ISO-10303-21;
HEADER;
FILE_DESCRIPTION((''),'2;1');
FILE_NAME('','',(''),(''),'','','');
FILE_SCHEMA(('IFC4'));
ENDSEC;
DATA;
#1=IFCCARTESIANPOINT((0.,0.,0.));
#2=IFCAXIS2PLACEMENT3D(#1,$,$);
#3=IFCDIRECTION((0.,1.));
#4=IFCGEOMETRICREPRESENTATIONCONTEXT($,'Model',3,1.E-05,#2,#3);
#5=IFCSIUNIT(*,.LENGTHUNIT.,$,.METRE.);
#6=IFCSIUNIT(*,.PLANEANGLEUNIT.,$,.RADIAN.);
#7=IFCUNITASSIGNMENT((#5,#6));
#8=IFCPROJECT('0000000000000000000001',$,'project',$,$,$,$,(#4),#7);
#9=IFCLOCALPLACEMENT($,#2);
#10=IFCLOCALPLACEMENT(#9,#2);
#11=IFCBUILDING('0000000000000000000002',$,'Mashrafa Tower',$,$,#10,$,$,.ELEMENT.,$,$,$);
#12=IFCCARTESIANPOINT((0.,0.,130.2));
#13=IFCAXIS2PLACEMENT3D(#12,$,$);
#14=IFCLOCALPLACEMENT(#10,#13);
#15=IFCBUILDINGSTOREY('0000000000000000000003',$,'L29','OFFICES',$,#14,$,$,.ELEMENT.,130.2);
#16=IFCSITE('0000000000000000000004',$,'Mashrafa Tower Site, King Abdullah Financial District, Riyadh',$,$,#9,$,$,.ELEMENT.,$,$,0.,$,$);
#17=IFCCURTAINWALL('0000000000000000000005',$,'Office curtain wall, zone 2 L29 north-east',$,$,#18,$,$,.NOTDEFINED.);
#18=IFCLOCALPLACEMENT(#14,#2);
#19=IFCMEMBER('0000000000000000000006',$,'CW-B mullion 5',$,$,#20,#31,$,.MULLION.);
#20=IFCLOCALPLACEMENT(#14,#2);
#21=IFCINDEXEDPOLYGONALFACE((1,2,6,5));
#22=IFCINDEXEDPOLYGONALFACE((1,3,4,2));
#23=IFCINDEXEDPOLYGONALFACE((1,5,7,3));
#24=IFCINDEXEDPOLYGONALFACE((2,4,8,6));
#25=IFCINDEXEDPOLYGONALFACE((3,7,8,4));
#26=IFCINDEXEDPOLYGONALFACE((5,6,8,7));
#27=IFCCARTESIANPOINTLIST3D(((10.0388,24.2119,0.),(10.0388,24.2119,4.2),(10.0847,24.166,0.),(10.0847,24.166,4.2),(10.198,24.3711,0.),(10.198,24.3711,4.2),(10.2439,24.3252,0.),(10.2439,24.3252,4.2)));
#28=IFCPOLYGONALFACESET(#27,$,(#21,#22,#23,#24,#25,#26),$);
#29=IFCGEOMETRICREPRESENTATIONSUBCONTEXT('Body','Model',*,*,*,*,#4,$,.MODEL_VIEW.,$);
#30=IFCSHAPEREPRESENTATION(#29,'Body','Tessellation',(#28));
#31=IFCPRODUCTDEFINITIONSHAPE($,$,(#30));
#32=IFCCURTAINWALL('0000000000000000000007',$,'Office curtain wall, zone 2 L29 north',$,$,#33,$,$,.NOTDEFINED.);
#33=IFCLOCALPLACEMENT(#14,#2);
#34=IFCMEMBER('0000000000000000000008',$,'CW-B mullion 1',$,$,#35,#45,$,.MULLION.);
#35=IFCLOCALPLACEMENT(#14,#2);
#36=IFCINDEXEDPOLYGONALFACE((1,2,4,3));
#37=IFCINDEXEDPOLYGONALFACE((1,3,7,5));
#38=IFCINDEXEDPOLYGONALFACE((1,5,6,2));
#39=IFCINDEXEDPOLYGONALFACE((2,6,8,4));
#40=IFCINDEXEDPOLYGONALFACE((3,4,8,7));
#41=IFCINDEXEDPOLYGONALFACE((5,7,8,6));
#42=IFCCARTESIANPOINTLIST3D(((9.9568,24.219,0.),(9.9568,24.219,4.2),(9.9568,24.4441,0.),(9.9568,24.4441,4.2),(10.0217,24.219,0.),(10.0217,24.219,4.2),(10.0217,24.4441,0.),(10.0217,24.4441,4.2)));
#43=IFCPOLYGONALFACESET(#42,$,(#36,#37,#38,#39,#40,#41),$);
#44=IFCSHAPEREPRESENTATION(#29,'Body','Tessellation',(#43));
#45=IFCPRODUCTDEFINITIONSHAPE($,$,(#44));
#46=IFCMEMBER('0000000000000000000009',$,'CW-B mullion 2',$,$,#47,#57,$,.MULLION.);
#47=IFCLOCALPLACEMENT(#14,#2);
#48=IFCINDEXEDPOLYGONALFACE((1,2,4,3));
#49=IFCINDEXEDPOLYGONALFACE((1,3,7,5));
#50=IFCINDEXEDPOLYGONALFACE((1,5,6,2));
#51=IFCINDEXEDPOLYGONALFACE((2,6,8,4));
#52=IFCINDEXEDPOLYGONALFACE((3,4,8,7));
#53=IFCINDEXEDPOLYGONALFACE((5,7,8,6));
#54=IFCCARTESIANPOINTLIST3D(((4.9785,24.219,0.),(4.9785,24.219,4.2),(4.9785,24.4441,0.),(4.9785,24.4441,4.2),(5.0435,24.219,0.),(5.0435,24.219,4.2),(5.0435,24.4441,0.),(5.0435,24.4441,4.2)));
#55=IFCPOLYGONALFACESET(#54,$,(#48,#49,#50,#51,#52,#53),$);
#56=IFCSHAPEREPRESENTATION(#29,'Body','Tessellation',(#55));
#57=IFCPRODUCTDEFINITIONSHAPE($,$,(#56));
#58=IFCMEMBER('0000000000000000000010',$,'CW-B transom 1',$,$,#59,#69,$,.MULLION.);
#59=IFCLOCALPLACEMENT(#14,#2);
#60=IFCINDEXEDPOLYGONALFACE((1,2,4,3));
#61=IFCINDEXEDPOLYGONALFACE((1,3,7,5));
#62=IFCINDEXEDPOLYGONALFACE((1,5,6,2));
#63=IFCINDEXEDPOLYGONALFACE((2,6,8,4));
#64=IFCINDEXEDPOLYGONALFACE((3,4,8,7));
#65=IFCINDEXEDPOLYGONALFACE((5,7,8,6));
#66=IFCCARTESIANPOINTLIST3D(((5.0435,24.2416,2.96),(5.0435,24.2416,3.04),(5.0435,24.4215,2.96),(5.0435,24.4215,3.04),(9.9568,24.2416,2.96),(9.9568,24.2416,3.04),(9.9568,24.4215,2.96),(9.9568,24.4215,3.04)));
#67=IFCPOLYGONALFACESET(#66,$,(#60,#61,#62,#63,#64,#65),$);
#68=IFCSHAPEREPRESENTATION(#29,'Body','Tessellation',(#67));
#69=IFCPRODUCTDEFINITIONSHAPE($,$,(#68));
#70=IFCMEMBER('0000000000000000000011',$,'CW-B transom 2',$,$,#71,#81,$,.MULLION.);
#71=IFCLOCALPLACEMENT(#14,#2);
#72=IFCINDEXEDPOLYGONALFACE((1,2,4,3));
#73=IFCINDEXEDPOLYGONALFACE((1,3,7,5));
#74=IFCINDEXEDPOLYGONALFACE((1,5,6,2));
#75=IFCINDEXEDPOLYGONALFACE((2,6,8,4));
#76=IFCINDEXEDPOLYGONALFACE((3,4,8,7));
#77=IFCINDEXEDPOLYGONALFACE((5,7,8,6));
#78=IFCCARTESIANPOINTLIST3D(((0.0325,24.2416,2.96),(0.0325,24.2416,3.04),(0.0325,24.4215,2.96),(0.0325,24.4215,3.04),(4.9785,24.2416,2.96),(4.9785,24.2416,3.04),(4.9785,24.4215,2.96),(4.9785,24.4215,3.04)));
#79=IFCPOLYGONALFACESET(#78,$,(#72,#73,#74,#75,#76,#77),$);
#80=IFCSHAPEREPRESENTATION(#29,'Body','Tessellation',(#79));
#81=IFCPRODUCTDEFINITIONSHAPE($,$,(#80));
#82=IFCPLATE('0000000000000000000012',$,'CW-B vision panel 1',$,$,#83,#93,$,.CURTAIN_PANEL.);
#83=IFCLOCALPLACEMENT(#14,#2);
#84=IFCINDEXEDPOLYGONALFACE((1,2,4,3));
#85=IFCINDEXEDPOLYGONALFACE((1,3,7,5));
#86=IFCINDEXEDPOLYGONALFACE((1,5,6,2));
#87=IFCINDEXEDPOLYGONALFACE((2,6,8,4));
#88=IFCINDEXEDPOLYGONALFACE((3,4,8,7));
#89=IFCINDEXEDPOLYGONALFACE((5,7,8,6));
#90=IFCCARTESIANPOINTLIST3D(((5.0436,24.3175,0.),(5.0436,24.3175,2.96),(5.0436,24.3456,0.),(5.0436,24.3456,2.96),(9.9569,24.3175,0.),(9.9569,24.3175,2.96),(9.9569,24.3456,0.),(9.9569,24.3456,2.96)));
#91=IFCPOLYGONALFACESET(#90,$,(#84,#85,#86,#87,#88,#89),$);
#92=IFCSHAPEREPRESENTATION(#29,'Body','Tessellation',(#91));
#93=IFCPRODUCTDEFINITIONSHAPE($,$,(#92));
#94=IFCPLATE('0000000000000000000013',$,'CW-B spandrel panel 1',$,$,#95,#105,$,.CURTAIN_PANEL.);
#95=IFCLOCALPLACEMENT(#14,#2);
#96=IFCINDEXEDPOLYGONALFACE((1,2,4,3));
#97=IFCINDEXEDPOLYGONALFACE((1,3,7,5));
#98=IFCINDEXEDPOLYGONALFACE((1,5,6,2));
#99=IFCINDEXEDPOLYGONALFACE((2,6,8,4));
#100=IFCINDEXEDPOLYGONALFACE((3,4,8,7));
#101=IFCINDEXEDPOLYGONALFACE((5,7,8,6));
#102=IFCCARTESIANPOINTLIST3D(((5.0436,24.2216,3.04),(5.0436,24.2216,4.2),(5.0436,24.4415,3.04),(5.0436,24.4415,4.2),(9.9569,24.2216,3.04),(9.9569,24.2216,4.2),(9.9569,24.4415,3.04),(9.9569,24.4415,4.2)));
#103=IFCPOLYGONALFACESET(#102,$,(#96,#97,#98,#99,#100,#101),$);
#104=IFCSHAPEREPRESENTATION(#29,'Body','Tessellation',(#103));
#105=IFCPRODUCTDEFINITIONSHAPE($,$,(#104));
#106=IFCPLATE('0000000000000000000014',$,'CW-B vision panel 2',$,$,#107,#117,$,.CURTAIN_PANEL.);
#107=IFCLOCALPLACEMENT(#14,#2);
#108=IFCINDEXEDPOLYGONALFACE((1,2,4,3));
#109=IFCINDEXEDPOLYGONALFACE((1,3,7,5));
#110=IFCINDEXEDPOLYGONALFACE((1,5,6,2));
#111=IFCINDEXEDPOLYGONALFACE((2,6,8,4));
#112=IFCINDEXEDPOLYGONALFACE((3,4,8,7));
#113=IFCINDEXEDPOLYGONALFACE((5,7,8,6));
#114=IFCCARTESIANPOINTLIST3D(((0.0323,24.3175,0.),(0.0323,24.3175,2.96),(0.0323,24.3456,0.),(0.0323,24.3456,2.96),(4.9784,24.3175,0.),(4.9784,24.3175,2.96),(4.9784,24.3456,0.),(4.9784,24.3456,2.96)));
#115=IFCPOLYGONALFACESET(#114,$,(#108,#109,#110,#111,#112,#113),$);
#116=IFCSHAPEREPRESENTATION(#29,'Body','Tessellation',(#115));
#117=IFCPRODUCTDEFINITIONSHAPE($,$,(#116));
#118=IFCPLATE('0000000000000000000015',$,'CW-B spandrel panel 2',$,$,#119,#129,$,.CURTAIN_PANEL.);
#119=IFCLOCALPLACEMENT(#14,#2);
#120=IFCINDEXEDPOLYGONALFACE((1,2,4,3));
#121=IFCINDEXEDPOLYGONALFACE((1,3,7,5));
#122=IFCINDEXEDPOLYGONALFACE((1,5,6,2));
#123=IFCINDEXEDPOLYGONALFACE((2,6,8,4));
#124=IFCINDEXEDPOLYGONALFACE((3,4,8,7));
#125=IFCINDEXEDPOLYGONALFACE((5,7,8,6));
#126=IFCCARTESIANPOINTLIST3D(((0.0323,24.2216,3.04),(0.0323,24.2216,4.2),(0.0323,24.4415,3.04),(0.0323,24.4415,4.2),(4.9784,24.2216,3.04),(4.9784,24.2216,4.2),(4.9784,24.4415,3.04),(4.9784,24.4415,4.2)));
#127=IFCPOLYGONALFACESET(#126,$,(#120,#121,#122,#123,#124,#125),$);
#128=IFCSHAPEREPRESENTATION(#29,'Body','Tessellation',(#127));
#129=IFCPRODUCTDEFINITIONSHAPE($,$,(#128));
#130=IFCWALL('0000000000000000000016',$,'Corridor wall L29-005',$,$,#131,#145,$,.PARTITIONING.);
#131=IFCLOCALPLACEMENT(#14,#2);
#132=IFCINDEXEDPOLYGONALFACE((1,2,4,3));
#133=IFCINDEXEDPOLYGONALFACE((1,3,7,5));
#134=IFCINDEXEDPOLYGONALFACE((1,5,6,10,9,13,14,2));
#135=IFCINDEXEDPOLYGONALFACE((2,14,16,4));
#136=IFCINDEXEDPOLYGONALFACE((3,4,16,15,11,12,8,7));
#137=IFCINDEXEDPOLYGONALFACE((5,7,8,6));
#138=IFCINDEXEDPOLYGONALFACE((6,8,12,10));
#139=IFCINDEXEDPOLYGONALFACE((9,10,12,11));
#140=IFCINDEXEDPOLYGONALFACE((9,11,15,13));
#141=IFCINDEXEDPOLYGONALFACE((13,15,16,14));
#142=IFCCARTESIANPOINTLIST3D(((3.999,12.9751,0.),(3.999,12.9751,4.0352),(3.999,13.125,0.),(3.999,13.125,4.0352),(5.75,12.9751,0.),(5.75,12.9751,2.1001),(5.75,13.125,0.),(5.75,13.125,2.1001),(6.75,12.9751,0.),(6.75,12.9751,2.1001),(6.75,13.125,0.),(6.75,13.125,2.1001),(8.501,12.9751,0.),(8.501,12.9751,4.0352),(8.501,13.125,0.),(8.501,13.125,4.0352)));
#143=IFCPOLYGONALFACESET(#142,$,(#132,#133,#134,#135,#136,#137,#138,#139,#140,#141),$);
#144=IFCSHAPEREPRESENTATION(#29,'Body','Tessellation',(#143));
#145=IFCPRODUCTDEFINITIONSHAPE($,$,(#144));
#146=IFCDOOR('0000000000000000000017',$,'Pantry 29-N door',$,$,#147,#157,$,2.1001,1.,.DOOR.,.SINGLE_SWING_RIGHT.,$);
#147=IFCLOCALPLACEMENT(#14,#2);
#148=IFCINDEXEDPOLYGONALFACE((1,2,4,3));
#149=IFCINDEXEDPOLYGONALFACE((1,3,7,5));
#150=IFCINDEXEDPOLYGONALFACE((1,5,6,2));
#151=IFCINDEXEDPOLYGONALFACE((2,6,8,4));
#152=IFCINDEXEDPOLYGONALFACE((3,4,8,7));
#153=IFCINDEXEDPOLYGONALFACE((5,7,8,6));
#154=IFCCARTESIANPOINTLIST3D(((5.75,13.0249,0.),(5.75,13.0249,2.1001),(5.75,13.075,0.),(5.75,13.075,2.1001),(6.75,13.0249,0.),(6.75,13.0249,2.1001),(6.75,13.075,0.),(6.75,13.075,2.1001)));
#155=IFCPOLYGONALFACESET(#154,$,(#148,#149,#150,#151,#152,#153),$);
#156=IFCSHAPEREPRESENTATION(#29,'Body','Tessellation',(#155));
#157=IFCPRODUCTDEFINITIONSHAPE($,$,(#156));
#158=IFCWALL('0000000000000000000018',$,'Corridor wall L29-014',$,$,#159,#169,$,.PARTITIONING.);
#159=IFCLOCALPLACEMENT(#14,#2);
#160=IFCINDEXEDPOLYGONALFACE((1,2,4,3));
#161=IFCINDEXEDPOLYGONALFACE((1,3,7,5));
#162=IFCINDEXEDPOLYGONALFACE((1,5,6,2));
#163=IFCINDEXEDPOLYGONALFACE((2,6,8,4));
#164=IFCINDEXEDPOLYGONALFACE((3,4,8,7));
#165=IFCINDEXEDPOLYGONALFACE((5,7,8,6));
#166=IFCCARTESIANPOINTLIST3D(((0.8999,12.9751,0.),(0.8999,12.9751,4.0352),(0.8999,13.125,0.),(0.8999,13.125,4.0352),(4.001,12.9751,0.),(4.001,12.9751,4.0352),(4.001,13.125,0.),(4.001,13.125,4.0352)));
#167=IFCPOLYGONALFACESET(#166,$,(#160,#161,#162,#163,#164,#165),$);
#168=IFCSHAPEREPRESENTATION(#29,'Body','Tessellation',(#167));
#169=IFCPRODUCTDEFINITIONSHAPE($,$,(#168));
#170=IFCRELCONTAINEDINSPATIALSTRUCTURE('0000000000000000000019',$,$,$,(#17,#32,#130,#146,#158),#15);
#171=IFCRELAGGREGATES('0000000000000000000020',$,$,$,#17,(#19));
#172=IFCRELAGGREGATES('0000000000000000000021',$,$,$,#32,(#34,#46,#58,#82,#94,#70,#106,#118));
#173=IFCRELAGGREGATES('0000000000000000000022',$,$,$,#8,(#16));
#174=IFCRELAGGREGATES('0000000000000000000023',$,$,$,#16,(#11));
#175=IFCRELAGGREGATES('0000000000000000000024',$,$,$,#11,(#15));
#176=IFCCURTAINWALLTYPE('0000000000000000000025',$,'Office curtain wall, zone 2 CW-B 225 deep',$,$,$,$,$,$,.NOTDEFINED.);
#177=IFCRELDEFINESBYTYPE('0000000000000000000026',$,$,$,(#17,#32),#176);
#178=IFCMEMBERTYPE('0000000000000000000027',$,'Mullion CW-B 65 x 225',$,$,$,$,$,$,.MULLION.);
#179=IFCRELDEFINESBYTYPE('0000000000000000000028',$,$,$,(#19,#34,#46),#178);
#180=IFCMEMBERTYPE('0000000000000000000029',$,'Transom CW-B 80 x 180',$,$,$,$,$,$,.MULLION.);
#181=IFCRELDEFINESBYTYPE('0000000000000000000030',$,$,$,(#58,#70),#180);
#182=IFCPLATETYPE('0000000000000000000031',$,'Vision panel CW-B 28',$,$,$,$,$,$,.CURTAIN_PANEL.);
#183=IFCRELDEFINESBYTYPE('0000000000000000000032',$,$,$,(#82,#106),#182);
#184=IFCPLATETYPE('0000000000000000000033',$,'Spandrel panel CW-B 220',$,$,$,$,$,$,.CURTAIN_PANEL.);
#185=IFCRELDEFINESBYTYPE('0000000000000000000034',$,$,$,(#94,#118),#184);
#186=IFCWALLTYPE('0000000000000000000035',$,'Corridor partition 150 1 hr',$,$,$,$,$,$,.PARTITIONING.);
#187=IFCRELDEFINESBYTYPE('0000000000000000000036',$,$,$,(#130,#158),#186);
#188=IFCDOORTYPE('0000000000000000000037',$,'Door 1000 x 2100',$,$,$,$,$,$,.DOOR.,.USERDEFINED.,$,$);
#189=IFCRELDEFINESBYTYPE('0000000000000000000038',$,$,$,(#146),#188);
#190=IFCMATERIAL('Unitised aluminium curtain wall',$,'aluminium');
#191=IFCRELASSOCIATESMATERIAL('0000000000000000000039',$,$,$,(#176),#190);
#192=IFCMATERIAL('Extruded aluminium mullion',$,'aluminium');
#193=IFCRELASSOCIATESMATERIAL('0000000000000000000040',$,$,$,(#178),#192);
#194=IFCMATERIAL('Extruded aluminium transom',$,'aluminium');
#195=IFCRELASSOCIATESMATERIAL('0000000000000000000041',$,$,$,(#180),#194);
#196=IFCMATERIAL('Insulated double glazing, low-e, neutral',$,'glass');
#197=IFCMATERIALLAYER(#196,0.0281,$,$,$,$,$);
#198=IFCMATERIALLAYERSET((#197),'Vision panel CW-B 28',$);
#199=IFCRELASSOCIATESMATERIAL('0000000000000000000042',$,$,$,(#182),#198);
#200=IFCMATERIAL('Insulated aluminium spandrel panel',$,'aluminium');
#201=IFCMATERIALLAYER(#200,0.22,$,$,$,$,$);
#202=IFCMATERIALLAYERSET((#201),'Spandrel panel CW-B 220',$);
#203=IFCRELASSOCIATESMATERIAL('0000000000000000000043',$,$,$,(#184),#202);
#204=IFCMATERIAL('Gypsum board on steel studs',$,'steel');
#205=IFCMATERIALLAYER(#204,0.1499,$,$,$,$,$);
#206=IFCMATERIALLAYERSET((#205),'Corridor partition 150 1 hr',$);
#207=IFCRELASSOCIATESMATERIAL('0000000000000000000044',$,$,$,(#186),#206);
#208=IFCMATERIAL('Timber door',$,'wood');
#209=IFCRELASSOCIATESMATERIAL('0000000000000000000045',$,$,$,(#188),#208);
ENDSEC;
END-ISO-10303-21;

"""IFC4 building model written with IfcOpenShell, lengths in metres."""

from ifc_helpers import new_model, si_unit, direction, frame, frame_2d, origin, origin_2d, place, context, subcontext, project, spatial, rectangle, extrude, source, transform, mapped, material, layer, layer_set, material_profile, profile_set, type_object, type_shapes, element, fill, aggregate, save


model = new_model("IFC4")

# Units and contexts
model_context = context("Model", 3, precision=1e-05, world=origin(), true_north=direction((0.0, 1.0)))
body_context = subcontext(model_context, "Body", "Model", "MODEL_VIEW")
ifc_project = project(units=[si_unit("LENGTHUNIT", "METRE"), si_unit("PLANEANGLEUNIT", "RADIAN")], contexts=[model_context])

# Site, building, storey
site_placement = place(None, origin())
site = spatial("IfcSite", under=ifc_project, at=site_placement, Name="Mashrafa Tower Site, King Abdullah Financial District, Riyadh", CompositionType="ELEMENT", RefElevation=0.0)
building_placement = place(site_placement, origin())
building = spatial("IfcBuilding", under=site, at=building_placement, Name="Mashrafa Tower", CompositionType="ELEMENT")
storey_placement = place(building_placement, frame((0.0, 0.0, 130.2)))
storey = spatial("IfcBuildingStorey", under=building, at=storey_placement, Name="L29", Description="OFFICES", CompositionType="ELEMENT", Elevation=130.2)

# Curtain wall, member
ifc_material_1 = material(Name="Unitised aluminium curtain wall", Category="aluminium")
curtain_wall_type = type_object("IfcCurtainWallType", Name="Office curtain wall, zone 2 CW-B 225 deep", PredefinedType="NOTDEFINED", material=ifc_material_1)
curtain_wall_1_placement = place(storey_placement, origin())
curtain_wall_1 = element("IfcCurtainWall", 1, at=curtain_wall_1_placement, inside=storey, type_object=curtain_wall_type, Name="Office curtain wall, zone 2 L29 north-east", PredefinedType="NOTDEFINED")
ifc_material_2 = material(Name="Extruded aluminium mullion", Category="aluminium")
ifc_material_profile_1 = material_profile(ifc_material_2, rectangle(XDim=0.2251, YDim=0.0649, at=origin_2d()), Name="Mullion 65x225")
ifc_profile_set_1 = profile_set([ifc_material_profile_1], Name="Extruded aluminium mullion")
member_type_1 = type_object("IfcMemberType", Name="Mullion CW-B 65 x 225", PredefinedType="MULLION", material=ifc_profile_set_1)
shared_shape_1 = source(origin(), body_context, "Body", "SweptSolid", [
    extrude(rectangle(XDim=0.2251, YDim=0.0649, at=origin_2d()), origin(), (0.0, 0.0, 1.0), 4.2),
])
type_shapes(member_type_1, [shared_shape_1])
member_1_placement = place(storey_placement, frame((10.1414, 24.2686, 0.0), z_axis=(0.0, 0.0, 1.0), x_axis=(-0.707107, -0.707107, 0.0)))
member_1 = element("IfcMember", 2, at=member_1_placement, type_object=member_type_1, Name="CW-B mullion 5", PredefinedType="MULLION", context=body_context, shape_type="MappedRepresentation", body=[
    mapped(shared_shape_1, transform((0.0, 0.0, 0.0))),
])
aggregate(curtain_wall_1, [member_1])

# Curtain wall, members, plates
curtain_wall_2_placement = place(storey_placement, origin())
curtain_wall_2 = element("IfcCurtainWall", 3, at=curtain_wall_2_placement, inside=storey, type_object=curtain_wall_type, Name="Office curtain wall, zone 2 L29 north", PredefinedType="NOTDEFINED")
member_2_placement = place(storey_placement, frame((9.9893, 24.3315, 0.0), z_axis=(0.0, 0.0, 1.0), x_axis=(0.0, -1.0, 0.0)))
member_2 = element("IfcMember", 4, at=member_2_placement, type_object=member_type_1, Name="CW-B mullion 1", PredefinedType="MULLION", context=body_context, shape_type="MappedRepresentation", body=[
    mapped(shared_shape_1, transform((0.0, 0.0, 0.0))),
])
member_3_placement = place(storey_placement, frame((5.011, 24.3315, 0.0), z_axis=(0.0, 0.0, 1.0), x_axis=(0.0, -1.0, 0.0)))
member_3 = element("IfcMember", 5, at=member_3_placement, type_object=member_type_1, Name="CW-B mullion 2", PredefinedType="MULLION", context=body_context, shape_type="MappedRepresentation", body=[
    mapped(shared_shape_1, transform((0.0, 0.0, 0.0))),
])
ifc_material_3 = material(Name="Extruded aluminium transom", Category="aluminium")
ifc_material_profile_2 = material_profile(ifc_material_3, rectangle(XDim=0.1799, YDim=0.0801, at=origin_2d()), Name="Transom 80x180")
ifc_profile_set_2 = profile_set([ifc_material_profile_2], Name="Extruded aluminium transom")
member_type_2 = type_object("IfcMemberType", Name="Transom CW-B 80 x 180", PredefinedType="MULLION", material=ifc_profile_set_2)
shared_shape_2 = source(origin(), body_context, "Body", "SweptSolid", [
    extrude(rectangle(XDim=0.1799, YDim=0.0801, at=origin_2d()), origin(), (0.0, 0.0, 1.0), 4.9133),
])
member_4_placement = place(storey_placement, frame((9.9568, 24.3315, 3.0), z_axis=(-1.0, 0.0, 0.0), x_axis=(0.0, -1.0, 0.0)))
member_4 = element("IfcMember", 6, at=member_4_placement, type_object=member_type_2, Name="CW-B transom 1", PredefinedType="MULLION", context=body_context, shape_type="MappedRepresentation", body=[
    mapped(shared_shape_2, transform((0.0, 0.0, 0.0))),
])
shared_shape_3 = source(origin(), body_context, "Body", "SweptSolid", [
    extrude(rectangle(XDim=0.1799, YDim=0.0801, at=origin_2d()), origin(), (0.0, 0.0, 1.0), 4.946),
])
type_shapes(member_type_2, [shared_shape_2, shared_shape_3])
member_5_placement = place(storey_placement, frame((4.9785, 24.3315, 3.0), z_axis=(-1.0, 0.0, 0.0), x_axis=(0.0, -1.0, 0.0)))
member_5 = element("IfcMember", 7, at=member_5_placement, type_object=member_type_2, Name="CW-B transom 2", PredefinedType="MULLION", context=body_context, shape_type="MappedRepresentation", body=[
    mapped(shared_shape_3, transform((0.0, 0.0, 0.0))),
])
ifc_material_4 = material(Name="Insulated double glazing, low-e, neutral", Category="glass")
ifc_layer_1 = layer(ifc_material_4, 0.0281)
ifc_layer_set_1 = layer_set([ifc_layer_1], Name="Vision panel CW-B 28")
plate_type_1 = type_object("IfcPlateType", Name="Vision panel CW-B 28", PredefinedType="CURTAIN_PANEL", material=ifc_layer_set_1)
shared_shape_4 = source(origin(), body_context, "Body", "SweptSolid", [
    extrude(rectangle(XDim=4.9133, YDim=0.0281, at=origin_2d()), origin(), (0.0, 0.0, 1.0), 2.96),
])
plate_1_placement = place(storey_placement, frame((7.5002, 24.3315, 0.0), z_axis=(0.0, 0.0, 1.0), x_axis=(-1.0, 0.0, 0.0)))
plate_1 = element("IfcPlate", 8, at=plate_1_placement, type_object=plate_type_1, Name="CW-B vision panel 1", PredefinedType="CURTAIN_PANEL", context=body_context, shape_type="MappedRepresentation", body=[
    mapped(shared_shape_4, transform((0.0, 0.0, 0.0))),
])
ifc_material_5 = material(Name="Insulated aluminium spandrel panel", Category="aluminium")
ifc_layer_2 = layer(ifc_material_5, 0.22)
ifc_layer_set_2 = layer_set([ifc_layer_2], Name="Spandrel panel CW-B 220")
plate_type_2 = type_object("IfcPlateType", Name="Spandrel panel CW-B 220", PredefinedType="CURTAIN_PANEL", material=ifc_layer_set_2)
shared_shape_5 = source(origin(), body_context, "Body", "SweptSolid", [
    extrude(rectangle(XDim=4.9133, YDim=0.22, at=origin_2d()), origin(), (0.0, 0.0, 1.0), 1.1599),
])
plate_2_placement = place(storey_placement, frame((7.5002, 24.3315, 3.04), z_axis=(0.0, 0.0, 1.0), x_axis=(-1.0, 0.0, 0.0)))
plate_2 = element("IfcPlate", 9, at=plate_2_placement, type_object=plate_type_2, Name="CW-B spandrel panel 1", PredefinedType="CURTAIN_PANEL", context=body_context, shape_type="MappedRepresentation", body=[
    mapped(shared_shape_5, transform((0.0, 0.0, 0.0))),
])
shared_shape_6 = source(origin(), body_context, "Body", "SweptSolid", [
    extrude(rectangle(XDim=4.946, YDim=0.0281, at=origin_2d()), origin(), (0.0, 0.0, 1.0), 2.96),
])
type_shapes(plate_type_1, [shared_shape_4, shared_shape_6])
plate_3_placement = place(storey_placement, frame((2.5054, 24.3315, 0.0), z_axis=(0.0, 0.0, 1.0), x_axis=(-1.0, 0.0, 0.0)))
plate_3 = element("IfcPlate", 10, at=plate_3_placement, type_object=plate_type_1, Name="CW-B vision panel 2", PredefinedType="CURTAIN_PANEL", context=body_context, shape_type="MappedRepresentation", body=[
    mapped(shared_shape_6, transform((0.0, 0.0, 0.0))),
])
shared_shape_7 = source(origin(), body_context, "Body", "SweptSolid", [
    extrude(rectangle(XDim=4.946, YDim=0.22, at=origin_2d()), origin(), (0.0, 0.0, 1.0), 1.1599),
])
type_shapes(plate_type_2, [shared_shape_5, shared_shape_7])
plate_4_placement = place(storey_placement, frame((2.5054, 24.3315, 3.04), z_axis=(0.0, 0.0, 1.0), x_axis=(-1.0, 0.0, 0.0)))
plate_4 = element("IfcPlate", 11, at=plate_4_placement, type_object=plate_type_2, Name="CW-B spandrel panel 2", PredefinedType="CURTAIN_PANEL", context=body_context, shape_type="MappedRepresentation", body=[
    mapped(shared_shape_7, transform((0.0, 0.0, 0.0))),
])
aggregate(curtain_wall_2, [member_2, member_3, member_4, plate_1, plate_2, member_5, plate_3, plate_4])

# Wall, opening, door
ifc_material_6 = material(Name="Gypsum board on steel studs", Category="steel")
ifc_layer_3 = layer(ifc_material_6, 0.1499)
ifc_layer_set_3 = layer_set([ifc_layer_3], Name="Corridor partition 150 1 hr")
wall_type_1 = type_object("IfcWallType", Name="Corridor partition 150 1 hr", PredefinedType="PARTITIONING", material=ifc_layer_set_3)
wall_1_placement = place(storey_placement, frame((8.501, 13.05, 0.0), z_axis=(0.0, 0.0, 1.0), x_axis=(-1.0, 0.0, 0.0)))
wall_1 = element("IfcWall", 12, at=wall_1_placement, inside=storey, type_object=wall_type_1, Name="Corridor wall L29-005", PredefinedType="PARTITIONING", context=body_context, shape_type="SweptSolid", body=[
    extrude(rectangle(XDim=4.502, YDim=0.1499, at=frame_2d((2.251, 0.0))), origin(), (0.0, 0.0, 1.0), 4.0352),
])
opening_placement = place(wall_1_placement, frame((1.751, 0.0, 0.0)))
opening = element("IfcOpeningElement", 13, at=opening_placement, cuts=wall_1, PredefinedType="OPENING", context=body_context, shape_type="SweptSolid", body=[
    extrude(rectangle(XDim=1.0, YDim=2.1001, at=frame_2d((0.5, 1.05))), frame((0.0, 0.085, 0.0), z_axis=(0.0, -1.0, 0.0), x_axis=(1.0, 0.0, 0.0)), (0.0, 0.0, 1.0), 0.1699),
])
ifc_material_7 = material(Name="Timber door", Category="wood")
door_type = type_object("IfcDoorType", Name="Door 1000 x 2100", OperationType="USERDEFINED", PredefinedType="DOOR", material=ifc_material_7)
door_placement = place(opening_placement, frame((1.0, 0.0, 0.0), z_axis=(0.0, 0.0, 1.0), x_axis=(-1.0, 0.0, 0.0)))
door = element("IfcDoor", 14, at=door_placement, inside=storey, type_object=door_type, Name="Pantry 29-N door", OperationType="SINGLE_SWING_RIGHT", OverallHeight=2.1001, OverallWidth=1.0, PredefinedType="DOOR", context=body_context, shape_type="SweptSolid", body=[
    extrude(rectangle(XDim=1.0, YDim=2.1001, at=frame_2d((0.5, 1.05))), frame((0.0, 0.0249, 0.0), z_axis=(0.0, -1.0, 0.0), x_axis=(1.0, 0.0, 0.0)), (0.0, 0.0, 1.0), 0.05),
])
fill(opening, door)

# Wall
wall_2_placement = place(storey_placement, frame((4.001, 13.05, 0.0), z_axis=(0.0, 0.0, 1.0), x_axis=(-1.0, 0.0, 0.0)))
element("IfcWall", 15, at=wall_2_placement, inside=storey, type_object=wall_type_1, Name="Corridor wall L29-014", PredefinedType="PARTITIONING", context=body_context, shape_type="SweptSolid", body=[
    extrude(rectangle(XDim=3.1011, YDim=0.1499, at=frame_2d((1.5505, 0.0))), origin(), (0.0, 0.0, 1.0), 4.0352),
])

save(model, "model.ifc")
